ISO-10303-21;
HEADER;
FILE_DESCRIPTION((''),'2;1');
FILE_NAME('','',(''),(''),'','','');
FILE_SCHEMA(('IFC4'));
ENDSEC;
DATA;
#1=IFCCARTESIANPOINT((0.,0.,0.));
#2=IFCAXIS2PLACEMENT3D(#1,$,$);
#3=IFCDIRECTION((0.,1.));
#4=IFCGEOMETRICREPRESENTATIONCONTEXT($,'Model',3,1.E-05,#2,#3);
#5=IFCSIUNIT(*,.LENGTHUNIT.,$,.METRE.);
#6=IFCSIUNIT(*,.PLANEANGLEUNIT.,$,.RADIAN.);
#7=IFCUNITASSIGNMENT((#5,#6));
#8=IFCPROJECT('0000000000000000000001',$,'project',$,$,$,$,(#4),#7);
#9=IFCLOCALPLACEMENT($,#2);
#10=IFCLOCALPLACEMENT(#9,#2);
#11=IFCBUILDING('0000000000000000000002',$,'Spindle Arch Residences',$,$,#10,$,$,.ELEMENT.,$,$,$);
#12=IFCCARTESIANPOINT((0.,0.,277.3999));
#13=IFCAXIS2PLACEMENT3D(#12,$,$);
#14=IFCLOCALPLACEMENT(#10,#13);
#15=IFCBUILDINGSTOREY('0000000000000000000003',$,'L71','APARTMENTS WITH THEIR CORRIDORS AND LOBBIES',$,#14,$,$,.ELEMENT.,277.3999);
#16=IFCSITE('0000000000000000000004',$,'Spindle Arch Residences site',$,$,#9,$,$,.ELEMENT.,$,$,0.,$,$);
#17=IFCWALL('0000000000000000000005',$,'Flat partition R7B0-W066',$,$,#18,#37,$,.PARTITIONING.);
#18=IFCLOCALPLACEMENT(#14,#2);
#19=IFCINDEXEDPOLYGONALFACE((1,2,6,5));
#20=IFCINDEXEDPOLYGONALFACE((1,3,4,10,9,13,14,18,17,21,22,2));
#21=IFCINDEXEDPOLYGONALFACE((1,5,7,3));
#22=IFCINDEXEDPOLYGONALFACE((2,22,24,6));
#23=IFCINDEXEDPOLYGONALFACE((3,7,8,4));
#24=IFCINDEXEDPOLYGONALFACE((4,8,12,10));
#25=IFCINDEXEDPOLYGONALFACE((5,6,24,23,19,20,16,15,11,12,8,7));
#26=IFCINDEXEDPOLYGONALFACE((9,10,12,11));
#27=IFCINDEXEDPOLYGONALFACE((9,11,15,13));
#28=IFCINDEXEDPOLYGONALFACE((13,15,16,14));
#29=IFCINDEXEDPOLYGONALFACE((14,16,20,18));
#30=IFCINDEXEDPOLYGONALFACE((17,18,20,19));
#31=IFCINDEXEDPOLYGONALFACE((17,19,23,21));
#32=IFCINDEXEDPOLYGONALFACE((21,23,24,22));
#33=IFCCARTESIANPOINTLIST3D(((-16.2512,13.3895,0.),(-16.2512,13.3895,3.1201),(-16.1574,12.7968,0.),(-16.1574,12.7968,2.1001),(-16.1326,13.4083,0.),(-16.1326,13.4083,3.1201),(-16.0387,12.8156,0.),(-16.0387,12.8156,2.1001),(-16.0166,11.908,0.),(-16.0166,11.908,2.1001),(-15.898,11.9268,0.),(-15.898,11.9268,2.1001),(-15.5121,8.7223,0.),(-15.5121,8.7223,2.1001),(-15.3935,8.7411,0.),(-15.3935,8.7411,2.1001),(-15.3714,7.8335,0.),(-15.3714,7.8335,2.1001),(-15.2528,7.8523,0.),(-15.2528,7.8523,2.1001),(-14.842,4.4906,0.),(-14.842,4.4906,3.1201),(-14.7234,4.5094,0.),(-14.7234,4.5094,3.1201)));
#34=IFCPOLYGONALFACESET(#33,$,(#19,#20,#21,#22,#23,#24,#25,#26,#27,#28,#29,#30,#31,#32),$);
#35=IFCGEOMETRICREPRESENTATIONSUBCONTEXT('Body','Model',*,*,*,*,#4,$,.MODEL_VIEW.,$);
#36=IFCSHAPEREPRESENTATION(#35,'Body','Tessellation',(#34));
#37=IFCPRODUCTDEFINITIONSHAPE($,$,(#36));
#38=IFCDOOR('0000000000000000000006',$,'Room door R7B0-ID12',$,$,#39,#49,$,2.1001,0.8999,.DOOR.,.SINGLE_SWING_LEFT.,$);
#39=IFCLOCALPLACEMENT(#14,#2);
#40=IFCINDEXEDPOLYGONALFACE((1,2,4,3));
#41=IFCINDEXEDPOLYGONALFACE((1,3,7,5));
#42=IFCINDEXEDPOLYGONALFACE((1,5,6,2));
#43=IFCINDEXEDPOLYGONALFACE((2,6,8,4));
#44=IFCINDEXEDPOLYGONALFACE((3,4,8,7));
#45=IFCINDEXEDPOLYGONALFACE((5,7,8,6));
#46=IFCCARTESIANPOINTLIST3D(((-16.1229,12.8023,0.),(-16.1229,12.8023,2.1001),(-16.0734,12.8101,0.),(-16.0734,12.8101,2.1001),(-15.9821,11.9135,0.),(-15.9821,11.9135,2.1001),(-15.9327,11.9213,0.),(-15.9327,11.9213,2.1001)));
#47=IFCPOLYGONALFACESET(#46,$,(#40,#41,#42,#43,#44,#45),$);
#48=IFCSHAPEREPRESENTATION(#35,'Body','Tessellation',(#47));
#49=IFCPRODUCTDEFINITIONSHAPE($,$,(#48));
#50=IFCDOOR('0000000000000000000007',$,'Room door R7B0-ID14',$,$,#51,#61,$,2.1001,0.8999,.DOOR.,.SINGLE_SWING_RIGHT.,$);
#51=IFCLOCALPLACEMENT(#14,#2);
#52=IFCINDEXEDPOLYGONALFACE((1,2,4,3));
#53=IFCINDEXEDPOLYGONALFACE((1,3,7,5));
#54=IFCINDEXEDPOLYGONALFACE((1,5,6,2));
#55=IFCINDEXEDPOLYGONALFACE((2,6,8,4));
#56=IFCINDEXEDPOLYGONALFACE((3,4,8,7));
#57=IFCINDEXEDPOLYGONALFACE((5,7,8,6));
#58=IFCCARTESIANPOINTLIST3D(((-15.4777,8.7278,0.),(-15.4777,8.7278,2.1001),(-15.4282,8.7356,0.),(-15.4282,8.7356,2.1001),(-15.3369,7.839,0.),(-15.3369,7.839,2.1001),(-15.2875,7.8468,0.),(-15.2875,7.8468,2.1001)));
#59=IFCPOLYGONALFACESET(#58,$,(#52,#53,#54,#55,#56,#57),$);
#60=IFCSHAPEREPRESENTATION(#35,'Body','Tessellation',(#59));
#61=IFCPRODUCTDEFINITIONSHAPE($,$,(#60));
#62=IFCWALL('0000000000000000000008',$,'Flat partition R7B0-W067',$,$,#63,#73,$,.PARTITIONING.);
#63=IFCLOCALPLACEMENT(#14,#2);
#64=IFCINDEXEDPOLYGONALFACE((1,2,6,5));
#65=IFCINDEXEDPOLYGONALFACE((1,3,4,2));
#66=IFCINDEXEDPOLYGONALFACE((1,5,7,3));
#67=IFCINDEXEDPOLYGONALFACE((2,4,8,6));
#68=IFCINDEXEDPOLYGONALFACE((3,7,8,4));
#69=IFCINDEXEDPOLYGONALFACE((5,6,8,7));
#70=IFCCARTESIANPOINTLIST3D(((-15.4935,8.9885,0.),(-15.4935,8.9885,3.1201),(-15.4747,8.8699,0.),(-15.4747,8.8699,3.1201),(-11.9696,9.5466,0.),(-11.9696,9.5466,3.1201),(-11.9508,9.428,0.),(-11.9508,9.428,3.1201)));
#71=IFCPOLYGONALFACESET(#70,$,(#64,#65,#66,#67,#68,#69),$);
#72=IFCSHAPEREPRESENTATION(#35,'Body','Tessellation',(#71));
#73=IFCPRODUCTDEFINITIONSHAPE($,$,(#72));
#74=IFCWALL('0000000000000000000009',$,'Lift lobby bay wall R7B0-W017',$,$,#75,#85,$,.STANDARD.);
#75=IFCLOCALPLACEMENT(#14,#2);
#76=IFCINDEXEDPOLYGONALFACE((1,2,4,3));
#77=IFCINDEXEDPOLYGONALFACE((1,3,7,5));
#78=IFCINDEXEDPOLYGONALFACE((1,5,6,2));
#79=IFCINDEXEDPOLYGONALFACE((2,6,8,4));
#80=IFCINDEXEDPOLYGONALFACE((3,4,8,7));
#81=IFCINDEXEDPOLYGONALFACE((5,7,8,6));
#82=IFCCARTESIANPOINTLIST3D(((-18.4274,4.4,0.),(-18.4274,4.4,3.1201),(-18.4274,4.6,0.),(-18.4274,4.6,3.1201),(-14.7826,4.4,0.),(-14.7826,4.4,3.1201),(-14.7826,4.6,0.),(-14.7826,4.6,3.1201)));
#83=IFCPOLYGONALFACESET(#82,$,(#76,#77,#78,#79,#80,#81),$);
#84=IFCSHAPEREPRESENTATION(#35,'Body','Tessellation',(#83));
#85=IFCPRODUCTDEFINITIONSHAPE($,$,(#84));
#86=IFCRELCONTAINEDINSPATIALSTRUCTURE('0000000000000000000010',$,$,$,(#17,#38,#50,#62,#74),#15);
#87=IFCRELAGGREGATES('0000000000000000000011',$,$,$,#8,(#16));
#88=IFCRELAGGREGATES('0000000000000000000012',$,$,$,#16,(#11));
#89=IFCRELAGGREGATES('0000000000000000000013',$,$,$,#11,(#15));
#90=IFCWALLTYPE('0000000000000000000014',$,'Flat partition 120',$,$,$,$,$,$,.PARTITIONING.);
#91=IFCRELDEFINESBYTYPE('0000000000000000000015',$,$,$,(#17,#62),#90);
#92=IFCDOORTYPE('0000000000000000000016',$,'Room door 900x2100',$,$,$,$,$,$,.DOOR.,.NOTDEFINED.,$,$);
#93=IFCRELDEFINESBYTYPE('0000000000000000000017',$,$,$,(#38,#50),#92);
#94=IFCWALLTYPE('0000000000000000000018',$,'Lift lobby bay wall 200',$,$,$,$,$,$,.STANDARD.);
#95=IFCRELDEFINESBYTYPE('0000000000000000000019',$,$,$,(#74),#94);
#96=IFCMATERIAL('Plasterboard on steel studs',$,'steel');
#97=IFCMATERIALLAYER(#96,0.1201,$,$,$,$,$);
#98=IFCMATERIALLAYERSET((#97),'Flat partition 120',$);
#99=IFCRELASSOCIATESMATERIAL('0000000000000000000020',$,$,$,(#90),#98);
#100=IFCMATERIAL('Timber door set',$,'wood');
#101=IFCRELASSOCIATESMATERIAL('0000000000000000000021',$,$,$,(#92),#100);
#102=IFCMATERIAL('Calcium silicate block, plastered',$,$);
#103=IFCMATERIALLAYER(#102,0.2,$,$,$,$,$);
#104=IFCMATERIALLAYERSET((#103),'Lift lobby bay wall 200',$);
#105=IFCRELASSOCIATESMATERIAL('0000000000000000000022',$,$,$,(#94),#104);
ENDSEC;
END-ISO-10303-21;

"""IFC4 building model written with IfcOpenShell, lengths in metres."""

from ifc_helpers import new_model, si_unit, direction, frame, frame_2d, origin, place, context, subcontext, project, spatial, rectangle, extrude, material, layer, layer_set, type_object, element, fill, save


model = new_model("IFC4")

# Units and contexts
model_context = context("Model", 3, precision=1e-05, world=origin(), true_north=direction((0.0, 1.0)))
body_context = subcontext(model_context, "Body", "Model", "MODEL_VIEW")
ifc_project = project(units=[si_unit("LENGTHUNIT", "METRE"), si_unit("PLANEANGLEUNIT", "RADIAN")], contexts=[model_context])

# Site, building, storey
site_placement = place(None, origin())
site = spatial("IfcSite", under=ifc_project, at=site_placement, Name="Spindle Arch Residences site", CompositionType="ELEMENT", RefElevation=0.0)
building_placement = place(site_placement, origin())
building = spatial("IfcBuilding", under=site, at=building_placement, Name="Spindle Arch Residences", CompositionType="ELEMENT")
storey_placement = place(building_placement, frame((0.0, 0.0, 277.3999)))
storey = spatial("IfcBuildingStorey", under=building, at=storey_placement, Name="L71", Description="APARTMENTS WITH THEIR CORRIDORS AND LOBBIES", CompositionType="ELEMENT", Elevation=277.3999)

# Shared definitions
ifc_material_1 = material(Name="Plasterboard on steel studs", Category="steel")
ifc_layer_1 = layer(ifc_material_1, 0.1201)
ifc_layer_set_1 = layer_set([ifc_layer_1], Name="Flat partition 120")
wall_type_1 = type_object("IfcWallType", Name="Flat partition 120", PredefinedType="PARTITIONING", material=ifc_layer_set_1)

# Wall, openings, doors
wall_1_placement = place(storey_placement, frame((-16.1919, 13.3989, 0.0), z_axis=(0.0, 0.0, 1.0), x_axis=(0.156405, -0.987693, 0.0)))
wall_1 = element("IfcWall", 1, at=wall_1_placement, inside=storey, type_object=wall_type_1, Name="Flat partition R7B0-W066", PredefinedType="PARTITIONING", context=body_context, shape_type="SweptSolid", body=[
    extrude(rectangle(XDim=9.0098, YDim=0.1201, at=frame_2d((4.5049, 0.0))), origin(), (0.0, 0.0, 1.0), 3.1201),
])
opening_1_placement = place(wall_1_placement, frame((0.6001, 0.0, 0.0)))
opening_1 = element("IfcOpeningElement", 2, at=opening_1_placement, cuts=wall_1, PredefinedType="OPENING", context=body_context, shape_type="SweptSolid", body=[
    extrude(rectangle(XDim=0.8999, YDim=2.1001, at=frame_2d((0.45, 1.05))), frame((0.0, 0.0701, 0.0), z_axis=(0.0, -1.0, 0.0), x_axis=(1.0, 0.0, 0.0)), (0.0, 0.0, 1.0), 0.1401),
])
opening_2_placement = place(wall_1_placement, frame((4.7253, 0.0, 0.0)))
opening_2 = element("IfcOpeningElement", 3, at=opening_2_placement, cuts=wall_1, PredefinedType="OPENING", context=body_context, shape_type="SweptSolid", body=[
    extrude(rectangle(XDim=0.8999, YDim=2.1001, at=frame_2d((0.45, 1.05))), frame((0.0, 0.0701, 0.0), z_axis=(0.0, -1.0, 0.0), x_axis=(1.0, 0.0, 0.0)), (0.0, 0.0, 1.0), 0.1401),
])
ifc_material_2 = material(Name="Timber door set", Category="wood")
door_type_1 = type_object("IfcDoorType", Name="Room door 900x2100", OperationType="NOTDEFINED", PredefinedType="DOOR", material=ifc_material_2)
door_1_placement = place(opening_1_placement, origin())
door_1 = element("IfcDoor", 4, at=door_1_placement, inside=storey, type_object=door_type_1, Name="Room door R7B0-ID12", OperationType="SINGLE_SWING_LEFT", OverallHeight=2.1001, OverallWidth=0.8999, PredefinedType="DOOR", context=body_context, shape_type="SweptSolid", body=[
    extrude(rectangle(XDim=0.8999, YDim=2.1001, at=frame_2d((0.45, 1.05))), frame((0.0, 0.0249, 0.0), z_axis=(0.0, -1.0, 0.0), x_axis=(1.0, 0.0, 0.0)), (0.0, 0.0, 1.0), 0.05),
])
fill(opening_1, door_1)
door_2_placement = place(opening_2_placement, origin())
door_2 = element("IfcDoor", 5, at=door_2_placement, inside=storey, type_object=door_type_1, Name="Room door R7B0-ID14", OperationType="SINGLE_SWING_RIGHT", OverallHeight=2.1001, OverallWidth=0.8999, PredefinedType="DOOR", context=body_context, shape_type="SweptSolid", body=[
    extrude(rectangle(XDim=0.8999, YDim=2.1001, at=frame_2d((0.45, 1.05))), frame((0.0, 0.0249, 0.0), z_axis=(0.0, -1.0, 0.0), x_axis=(1.0, 0.0, 0.0)), (0.0, 0.0, 1.0), 0.05),
])
fill(opening_2, door_2)

# Wall
wall_2_placement = place(storey_placement, frame((-15.4841, 8.9292, 0.0), z_axis=(0.0, 0.0, 1.0), x_axis=(0.98769, 0.156426, 0.0)))
element("IfcWall", 6, at=wall_2_placement, inside=storey, type_object=wall_type_1, Name="Flat partition R7B0-W067", PredefinedType="PARTITIONING", context=body_context, shape_type="SweptSolid", body=[
    extrude(rectangle(XDim=3.5679, YDim=0.1201, at=frame_2d((1.7839, 0.0))), origin(), (0.0, 0.0, 1.0), 3.1201),
])

# Wall
ifc_material_3 = material(Name="Calcium silicate block, plastered")
ifc_layer_2 = layer(ifc_material_3, 0.2)
ifc_layer_set_2 = layer_set([ifc_layer_2], Name="Lift lobby bay wall 200")
wall_type_2 = type_object("IfcWallType", Name="Lift lobby bay wall 200", PredefinedType="STANDARD", material=ifc_layer_set_2)
wall_3_placement = place(storey_placement, frame((-14.7827, 4.5, 0.0), z_axis=(0.0, 0.0, 1.0), x_axis=(-1.0, 0.0, 0.0)))
element("IfcWall", 7, at=wall_3_placement, inside=storey, type_object=wall_type_2, Name="Lift lobby bay wall R7B0-W017", PredefinedType="STANDARD", context=body_context, shape_type="SweptSolid", body=[
    extrude(rectangle(XDim=3.6448, YDim=0.2, at=frame_2d((1.8223, 0.0))), origin(), (0.0, 0.0, 1.0), 3.1201),
])

save(model, "model.ifc")
